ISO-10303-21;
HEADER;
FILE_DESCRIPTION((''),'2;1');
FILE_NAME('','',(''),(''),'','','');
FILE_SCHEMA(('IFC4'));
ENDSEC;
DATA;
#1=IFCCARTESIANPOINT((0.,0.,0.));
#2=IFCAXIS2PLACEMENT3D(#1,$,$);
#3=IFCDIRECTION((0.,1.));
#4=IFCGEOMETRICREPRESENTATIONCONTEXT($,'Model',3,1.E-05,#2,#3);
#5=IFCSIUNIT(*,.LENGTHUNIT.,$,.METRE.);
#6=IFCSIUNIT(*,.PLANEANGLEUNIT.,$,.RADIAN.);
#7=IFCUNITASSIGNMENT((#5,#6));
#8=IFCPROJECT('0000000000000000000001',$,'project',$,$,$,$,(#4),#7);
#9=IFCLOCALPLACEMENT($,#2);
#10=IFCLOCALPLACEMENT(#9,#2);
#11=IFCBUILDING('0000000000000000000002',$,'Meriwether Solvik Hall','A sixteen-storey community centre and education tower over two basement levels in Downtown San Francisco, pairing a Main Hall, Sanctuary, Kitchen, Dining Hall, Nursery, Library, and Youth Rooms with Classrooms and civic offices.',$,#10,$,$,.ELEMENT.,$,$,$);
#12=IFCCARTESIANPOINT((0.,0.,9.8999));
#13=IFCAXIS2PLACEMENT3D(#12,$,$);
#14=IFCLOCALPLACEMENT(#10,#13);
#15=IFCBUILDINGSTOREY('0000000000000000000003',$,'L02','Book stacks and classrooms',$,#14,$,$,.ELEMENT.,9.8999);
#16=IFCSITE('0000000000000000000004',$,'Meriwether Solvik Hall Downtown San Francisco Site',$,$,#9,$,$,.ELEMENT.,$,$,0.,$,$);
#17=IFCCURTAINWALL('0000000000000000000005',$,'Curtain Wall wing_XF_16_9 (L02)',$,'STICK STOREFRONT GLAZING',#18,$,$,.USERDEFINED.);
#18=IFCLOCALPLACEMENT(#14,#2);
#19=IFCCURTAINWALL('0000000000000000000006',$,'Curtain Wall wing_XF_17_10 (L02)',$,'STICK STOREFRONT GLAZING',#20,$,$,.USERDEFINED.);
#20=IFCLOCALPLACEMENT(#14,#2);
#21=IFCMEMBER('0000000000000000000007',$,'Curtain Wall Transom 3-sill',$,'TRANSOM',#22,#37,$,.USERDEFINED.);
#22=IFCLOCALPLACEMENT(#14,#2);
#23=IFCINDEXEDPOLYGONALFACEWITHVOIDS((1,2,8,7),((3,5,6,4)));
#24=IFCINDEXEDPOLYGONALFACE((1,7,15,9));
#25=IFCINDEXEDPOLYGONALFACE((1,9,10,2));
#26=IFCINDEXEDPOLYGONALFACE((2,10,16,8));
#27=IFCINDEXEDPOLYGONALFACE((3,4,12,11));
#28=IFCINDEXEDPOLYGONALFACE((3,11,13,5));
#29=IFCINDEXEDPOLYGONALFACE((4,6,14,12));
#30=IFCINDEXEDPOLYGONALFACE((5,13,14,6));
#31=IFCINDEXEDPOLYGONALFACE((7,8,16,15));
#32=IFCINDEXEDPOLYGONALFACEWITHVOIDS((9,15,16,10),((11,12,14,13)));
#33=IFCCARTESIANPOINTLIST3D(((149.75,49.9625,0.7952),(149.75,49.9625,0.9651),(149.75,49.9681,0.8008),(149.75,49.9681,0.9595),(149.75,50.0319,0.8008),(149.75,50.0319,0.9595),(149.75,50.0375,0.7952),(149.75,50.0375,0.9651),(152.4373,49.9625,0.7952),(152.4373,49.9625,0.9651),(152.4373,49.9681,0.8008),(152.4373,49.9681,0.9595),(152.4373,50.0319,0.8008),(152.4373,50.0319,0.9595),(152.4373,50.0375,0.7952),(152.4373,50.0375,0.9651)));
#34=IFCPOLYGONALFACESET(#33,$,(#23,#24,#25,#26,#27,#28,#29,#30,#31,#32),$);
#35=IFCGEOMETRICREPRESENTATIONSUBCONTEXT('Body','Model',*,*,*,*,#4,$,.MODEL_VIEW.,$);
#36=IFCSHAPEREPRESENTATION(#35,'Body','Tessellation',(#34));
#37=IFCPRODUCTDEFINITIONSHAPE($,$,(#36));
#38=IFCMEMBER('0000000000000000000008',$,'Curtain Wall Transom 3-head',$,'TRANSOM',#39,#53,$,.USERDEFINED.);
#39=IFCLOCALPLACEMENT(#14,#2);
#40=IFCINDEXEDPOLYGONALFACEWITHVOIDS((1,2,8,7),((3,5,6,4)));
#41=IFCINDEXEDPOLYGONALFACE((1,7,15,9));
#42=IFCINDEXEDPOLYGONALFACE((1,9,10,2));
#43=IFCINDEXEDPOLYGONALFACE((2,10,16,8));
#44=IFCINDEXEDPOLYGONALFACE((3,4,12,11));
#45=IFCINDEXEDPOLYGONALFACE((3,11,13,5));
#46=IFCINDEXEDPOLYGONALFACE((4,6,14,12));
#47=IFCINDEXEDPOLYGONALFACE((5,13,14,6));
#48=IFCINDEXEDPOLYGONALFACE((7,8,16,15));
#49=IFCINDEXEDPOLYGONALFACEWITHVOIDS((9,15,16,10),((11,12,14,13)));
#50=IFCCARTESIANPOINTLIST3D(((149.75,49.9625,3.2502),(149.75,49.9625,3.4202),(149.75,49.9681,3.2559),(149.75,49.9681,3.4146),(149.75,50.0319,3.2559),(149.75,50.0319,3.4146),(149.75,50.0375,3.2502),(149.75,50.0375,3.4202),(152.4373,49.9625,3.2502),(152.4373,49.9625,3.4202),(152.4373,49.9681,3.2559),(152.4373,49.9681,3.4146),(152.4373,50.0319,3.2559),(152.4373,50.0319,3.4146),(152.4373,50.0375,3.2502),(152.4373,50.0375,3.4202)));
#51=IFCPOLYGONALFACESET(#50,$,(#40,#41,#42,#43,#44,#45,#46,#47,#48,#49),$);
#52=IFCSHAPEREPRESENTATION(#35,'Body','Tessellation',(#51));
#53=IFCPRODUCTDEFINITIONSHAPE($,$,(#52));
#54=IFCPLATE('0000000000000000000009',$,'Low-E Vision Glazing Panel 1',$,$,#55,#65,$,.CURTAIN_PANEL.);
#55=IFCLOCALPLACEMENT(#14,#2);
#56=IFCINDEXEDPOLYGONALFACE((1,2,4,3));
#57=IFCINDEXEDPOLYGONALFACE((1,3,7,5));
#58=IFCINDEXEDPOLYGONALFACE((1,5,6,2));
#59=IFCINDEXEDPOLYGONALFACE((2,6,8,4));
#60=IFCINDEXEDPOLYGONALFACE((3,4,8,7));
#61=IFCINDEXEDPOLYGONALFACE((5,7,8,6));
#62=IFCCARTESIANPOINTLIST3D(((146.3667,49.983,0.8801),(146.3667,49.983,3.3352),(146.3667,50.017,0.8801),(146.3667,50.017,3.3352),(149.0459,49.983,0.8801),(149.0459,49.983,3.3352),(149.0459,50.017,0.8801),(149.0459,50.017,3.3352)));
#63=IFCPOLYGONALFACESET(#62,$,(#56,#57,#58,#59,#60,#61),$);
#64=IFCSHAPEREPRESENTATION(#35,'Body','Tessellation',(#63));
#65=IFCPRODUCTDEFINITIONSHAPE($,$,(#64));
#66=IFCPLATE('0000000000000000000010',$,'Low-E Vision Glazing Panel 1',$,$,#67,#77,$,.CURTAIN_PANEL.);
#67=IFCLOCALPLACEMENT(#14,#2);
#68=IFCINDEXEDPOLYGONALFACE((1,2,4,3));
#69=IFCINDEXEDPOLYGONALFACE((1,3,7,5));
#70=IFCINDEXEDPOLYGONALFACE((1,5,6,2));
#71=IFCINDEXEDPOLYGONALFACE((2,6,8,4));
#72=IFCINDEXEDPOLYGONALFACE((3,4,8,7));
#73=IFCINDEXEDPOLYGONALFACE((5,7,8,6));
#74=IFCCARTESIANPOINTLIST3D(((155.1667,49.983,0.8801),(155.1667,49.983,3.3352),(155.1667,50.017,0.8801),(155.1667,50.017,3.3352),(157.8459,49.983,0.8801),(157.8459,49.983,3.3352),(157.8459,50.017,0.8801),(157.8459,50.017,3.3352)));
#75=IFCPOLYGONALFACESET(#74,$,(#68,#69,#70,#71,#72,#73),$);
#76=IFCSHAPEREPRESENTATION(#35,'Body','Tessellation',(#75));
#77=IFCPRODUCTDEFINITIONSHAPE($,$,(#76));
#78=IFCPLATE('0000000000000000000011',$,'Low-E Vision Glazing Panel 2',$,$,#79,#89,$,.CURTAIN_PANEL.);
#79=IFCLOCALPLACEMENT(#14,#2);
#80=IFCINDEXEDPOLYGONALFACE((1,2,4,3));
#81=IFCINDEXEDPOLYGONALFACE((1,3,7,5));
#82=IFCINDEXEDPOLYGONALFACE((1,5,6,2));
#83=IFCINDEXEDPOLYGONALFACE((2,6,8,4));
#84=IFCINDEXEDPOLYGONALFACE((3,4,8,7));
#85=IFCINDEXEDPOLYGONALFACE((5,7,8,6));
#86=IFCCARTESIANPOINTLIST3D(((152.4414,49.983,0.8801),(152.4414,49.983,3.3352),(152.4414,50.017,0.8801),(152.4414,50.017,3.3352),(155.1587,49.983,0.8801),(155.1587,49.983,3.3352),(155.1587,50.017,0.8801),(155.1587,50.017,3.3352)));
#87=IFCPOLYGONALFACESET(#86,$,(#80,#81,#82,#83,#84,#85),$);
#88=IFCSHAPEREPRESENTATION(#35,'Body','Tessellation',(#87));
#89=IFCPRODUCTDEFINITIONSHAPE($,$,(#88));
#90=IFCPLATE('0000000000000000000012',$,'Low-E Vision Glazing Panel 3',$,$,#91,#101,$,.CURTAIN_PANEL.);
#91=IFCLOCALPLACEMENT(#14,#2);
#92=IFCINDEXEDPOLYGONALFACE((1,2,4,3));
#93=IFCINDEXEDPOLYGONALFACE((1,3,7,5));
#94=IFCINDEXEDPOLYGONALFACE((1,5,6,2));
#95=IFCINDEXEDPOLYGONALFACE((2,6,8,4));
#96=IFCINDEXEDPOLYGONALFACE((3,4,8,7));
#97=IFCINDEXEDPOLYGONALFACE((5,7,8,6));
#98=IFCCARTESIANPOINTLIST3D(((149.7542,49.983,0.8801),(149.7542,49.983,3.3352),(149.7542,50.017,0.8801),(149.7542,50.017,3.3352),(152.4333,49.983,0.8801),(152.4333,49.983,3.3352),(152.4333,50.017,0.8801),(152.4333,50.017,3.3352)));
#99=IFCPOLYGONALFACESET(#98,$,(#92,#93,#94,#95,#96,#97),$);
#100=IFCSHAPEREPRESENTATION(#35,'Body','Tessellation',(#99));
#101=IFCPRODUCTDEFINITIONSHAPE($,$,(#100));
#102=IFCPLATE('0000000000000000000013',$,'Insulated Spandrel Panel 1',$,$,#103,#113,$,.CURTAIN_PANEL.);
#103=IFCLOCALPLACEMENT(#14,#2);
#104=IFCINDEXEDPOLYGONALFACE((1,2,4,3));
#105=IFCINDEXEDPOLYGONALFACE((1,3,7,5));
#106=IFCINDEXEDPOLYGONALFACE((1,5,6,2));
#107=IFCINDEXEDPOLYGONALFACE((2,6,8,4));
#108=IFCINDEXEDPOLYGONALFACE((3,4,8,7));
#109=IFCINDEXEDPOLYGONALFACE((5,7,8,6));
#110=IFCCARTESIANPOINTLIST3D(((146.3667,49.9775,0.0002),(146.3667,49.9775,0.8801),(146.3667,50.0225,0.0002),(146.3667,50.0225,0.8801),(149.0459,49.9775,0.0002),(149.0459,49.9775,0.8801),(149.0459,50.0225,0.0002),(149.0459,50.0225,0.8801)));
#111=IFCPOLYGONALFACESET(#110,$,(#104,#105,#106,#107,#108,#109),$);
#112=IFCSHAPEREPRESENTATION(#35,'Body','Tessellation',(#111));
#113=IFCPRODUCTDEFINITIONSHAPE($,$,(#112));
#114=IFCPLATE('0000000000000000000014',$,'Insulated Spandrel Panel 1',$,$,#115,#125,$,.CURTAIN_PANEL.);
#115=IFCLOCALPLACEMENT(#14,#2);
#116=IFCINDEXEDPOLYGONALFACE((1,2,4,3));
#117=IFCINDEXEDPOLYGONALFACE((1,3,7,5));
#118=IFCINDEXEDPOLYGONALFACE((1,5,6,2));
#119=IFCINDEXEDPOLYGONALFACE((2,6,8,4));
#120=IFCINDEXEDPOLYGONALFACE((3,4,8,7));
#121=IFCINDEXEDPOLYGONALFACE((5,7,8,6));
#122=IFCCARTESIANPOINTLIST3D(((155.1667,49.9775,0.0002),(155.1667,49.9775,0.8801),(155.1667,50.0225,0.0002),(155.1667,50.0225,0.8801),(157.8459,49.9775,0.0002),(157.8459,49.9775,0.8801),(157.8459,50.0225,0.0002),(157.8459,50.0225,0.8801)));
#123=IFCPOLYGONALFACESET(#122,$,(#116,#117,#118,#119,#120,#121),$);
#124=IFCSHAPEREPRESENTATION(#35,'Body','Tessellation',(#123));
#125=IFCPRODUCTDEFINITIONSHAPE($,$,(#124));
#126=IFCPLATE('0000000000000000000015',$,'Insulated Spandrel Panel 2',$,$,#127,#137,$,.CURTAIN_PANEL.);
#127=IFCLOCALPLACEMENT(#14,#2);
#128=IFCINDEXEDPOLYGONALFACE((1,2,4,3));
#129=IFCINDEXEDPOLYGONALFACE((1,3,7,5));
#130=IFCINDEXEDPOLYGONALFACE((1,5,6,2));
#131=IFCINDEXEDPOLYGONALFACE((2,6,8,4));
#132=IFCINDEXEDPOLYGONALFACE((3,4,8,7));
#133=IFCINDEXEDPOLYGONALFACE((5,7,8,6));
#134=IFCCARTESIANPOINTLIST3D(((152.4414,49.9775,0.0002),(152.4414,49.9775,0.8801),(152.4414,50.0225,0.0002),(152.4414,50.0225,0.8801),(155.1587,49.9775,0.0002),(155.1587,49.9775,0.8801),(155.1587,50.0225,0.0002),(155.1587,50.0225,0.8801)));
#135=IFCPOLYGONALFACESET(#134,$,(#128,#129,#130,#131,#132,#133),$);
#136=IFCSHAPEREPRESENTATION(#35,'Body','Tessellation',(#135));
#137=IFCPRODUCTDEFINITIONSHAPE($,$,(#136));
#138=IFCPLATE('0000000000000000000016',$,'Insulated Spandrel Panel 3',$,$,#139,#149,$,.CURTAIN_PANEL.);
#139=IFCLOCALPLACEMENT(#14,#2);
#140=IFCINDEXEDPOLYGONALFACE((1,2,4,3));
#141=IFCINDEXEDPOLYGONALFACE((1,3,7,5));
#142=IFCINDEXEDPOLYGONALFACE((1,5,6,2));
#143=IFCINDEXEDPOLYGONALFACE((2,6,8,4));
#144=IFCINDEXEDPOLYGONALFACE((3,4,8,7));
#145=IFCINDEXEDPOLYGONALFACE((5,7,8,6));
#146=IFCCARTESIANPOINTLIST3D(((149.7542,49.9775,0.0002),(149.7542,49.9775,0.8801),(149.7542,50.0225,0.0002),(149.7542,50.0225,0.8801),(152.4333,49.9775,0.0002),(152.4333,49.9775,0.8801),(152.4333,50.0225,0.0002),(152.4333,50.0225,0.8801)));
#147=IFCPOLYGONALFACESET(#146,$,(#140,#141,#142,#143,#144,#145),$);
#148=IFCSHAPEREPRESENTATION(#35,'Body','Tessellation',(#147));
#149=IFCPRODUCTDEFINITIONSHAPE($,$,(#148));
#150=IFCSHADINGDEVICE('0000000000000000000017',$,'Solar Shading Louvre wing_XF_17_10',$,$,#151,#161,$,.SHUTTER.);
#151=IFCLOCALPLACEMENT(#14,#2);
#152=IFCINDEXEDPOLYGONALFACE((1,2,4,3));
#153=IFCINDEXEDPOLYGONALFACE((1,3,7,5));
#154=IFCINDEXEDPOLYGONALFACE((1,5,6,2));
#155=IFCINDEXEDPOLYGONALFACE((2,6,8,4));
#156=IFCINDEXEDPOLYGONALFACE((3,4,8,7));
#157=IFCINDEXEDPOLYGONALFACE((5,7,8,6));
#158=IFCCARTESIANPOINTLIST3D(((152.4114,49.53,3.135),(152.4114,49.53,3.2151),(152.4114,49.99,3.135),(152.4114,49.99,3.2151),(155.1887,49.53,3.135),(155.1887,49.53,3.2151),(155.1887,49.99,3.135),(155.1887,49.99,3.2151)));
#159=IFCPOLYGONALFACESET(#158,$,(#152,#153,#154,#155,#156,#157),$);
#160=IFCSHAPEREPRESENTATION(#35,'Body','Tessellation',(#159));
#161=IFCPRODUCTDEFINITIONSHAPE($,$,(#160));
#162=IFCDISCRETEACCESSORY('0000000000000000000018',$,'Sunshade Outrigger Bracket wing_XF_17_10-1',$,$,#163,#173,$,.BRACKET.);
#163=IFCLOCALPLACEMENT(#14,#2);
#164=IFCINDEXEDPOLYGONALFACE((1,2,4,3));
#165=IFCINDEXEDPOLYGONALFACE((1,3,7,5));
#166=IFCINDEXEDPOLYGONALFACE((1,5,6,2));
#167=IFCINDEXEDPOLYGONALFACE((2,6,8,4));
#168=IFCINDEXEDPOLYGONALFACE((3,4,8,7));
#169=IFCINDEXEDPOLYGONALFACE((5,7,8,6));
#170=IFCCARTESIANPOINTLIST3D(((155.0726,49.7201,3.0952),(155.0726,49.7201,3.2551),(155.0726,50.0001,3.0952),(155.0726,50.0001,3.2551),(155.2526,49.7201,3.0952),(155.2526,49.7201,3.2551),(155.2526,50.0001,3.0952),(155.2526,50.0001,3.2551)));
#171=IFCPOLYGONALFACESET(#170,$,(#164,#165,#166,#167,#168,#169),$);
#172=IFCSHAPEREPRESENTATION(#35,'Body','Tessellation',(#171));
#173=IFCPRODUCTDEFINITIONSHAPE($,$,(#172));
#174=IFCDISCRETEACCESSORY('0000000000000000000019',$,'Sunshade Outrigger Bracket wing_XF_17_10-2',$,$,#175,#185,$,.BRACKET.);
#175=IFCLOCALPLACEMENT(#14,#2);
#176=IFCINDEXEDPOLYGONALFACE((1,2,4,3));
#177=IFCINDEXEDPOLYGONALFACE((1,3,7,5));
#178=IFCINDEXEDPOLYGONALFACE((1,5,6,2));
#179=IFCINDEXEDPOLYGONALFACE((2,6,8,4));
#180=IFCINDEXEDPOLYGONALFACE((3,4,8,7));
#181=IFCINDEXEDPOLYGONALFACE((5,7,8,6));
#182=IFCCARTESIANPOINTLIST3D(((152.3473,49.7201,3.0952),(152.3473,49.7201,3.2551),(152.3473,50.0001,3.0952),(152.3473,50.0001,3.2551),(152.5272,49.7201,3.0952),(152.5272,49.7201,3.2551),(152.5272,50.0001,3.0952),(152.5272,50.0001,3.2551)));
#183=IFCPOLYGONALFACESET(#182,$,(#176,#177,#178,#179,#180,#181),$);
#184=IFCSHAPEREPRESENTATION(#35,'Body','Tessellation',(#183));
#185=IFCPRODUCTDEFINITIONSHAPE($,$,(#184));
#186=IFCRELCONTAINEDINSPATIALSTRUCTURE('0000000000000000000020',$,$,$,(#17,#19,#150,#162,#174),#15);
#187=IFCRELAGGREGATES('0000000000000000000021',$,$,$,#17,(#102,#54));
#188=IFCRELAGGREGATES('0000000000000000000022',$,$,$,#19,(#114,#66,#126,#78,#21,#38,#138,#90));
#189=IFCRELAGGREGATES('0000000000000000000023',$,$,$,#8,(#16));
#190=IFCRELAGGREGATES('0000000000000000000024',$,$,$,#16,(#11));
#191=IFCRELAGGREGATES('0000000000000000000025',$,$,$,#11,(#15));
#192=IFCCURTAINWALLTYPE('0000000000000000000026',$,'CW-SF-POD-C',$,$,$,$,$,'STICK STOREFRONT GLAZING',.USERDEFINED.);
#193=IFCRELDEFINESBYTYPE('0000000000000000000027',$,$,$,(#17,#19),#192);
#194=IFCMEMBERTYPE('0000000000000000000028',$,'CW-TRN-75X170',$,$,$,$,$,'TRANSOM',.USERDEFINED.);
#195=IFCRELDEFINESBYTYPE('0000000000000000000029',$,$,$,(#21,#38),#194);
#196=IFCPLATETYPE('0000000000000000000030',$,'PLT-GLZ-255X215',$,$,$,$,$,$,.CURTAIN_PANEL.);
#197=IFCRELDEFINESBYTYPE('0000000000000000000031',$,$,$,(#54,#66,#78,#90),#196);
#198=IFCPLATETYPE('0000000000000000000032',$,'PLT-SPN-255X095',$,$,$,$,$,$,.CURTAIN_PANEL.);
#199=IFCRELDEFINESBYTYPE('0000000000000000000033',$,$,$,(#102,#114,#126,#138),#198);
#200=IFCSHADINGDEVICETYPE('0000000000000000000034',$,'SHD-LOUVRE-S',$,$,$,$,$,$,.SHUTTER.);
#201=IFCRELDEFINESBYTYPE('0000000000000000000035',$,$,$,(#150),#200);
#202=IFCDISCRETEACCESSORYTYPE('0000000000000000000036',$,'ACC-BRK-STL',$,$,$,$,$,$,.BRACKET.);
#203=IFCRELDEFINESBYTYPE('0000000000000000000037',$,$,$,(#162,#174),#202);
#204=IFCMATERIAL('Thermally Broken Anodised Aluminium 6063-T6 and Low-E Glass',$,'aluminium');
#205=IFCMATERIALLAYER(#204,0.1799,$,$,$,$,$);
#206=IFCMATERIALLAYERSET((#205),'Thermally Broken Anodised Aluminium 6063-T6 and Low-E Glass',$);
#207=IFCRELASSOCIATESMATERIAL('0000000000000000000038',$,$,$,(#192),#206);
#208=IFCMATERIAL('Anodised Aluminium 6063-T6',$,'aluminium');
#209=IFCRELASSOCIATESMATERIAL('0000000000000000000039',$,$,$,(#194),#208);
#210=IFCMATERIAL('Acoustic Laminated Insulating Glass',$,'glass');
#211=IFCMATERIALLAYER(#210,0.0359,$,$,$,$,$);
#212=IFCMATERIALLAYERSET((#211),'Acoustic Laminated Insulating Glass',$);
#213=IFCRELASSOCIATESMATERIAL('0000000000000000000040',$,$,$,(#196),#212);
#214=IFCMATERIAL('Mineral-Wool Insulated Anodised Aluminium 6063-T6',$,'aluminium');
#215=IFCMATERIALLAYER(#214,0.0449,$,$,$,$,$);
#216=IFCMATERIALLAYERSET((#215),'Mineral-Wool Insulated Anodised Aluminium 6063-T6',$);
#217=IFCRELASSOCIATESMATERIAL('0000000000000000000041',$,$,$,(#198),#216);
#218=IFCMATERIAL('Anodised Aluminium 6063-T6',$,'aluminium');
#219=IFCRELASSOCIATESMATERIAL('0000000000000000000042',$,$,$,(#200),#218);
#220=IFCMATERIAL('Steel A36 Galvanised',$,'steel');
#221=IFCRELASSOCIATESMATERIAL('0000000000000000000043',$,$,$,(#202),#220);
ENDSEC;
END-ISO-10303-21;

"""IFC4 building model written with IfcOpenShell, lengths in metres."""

from ifc_helpers import new_model, si_unit, direction, frame, origin, origin_2d, place, context, subcontext, project, spatial, rectangle, hollow_rectangle, extrude, material, layer, layer_set, material_profile, profile_set, type_object, element, aggregate, save


model = new_model("IFC4")

# Units and contexts
model_context = context("Model", 3, precision=1e-05, world=origin(), true_north=direction((0.0, 1.0)))
body_context = subcontext(model_context, "Body", "Model", "MODEL_VIEW")
ifc_project = project(units=[si_unit("LENGTHUNIT", "METRE"), si_unit("PLANEANGLEUNIT", "RADIAN")], contexts=[model_context])

# Site, building, storey
site_placement = place(None, origin())
site = spatial("IfcSite", under=ifc_project, at=site_placement, Name="Meriwether Solvik Hall Downtown San Francisco Site", CompositionType="ELEMENT", RefElevation=0.0)
building_placement = place(site_placement, origin())
building = spatial("IfcBuilding", under=site, at=building_placement, Name="Meriwether Solvik Hall", Description="A sixteen-storey community centre and education tower over two basement levels in Downtown San Francisco, pairing a Main Hall, Sanctuary, Kitchen, Dining Hall, Nursery, Library, and Youth Rooms with Classrooms and civic offices.", CompositionType="ELEMENT")
storey_placement = place(building_placement, frame((0.0, 0.0, 9.8999)))
storey = spatial("IfcBuildingStorey", under=building, at=storey_placement, Name="L02", Description="Book stacks and classrooms", CompositionType="ELEMENT", Elevation=9.8999)

# Curtain wall
ifc_material_1 = material(Name="Thermally Broken Anodised Aluminium 6063-T6 and Low-E Glass", Category="aluminium")
ifc_layer_1 = layer(ifc_material_1, 0.1799)
ifc_layer_set_1 = layer_set([ifc_layer_1], Name="Thermally Broken Anodised Aluminium 6063-T6 and Low-E Glass")
curtain_wall_type = type_object("IfcCurtainWallType", Name="CW-SF-POD-C", ElementType="STICK STOREFRONT GLAZING", PredefinedType="USERDEFINED", material=ifc_layer_set_1)
curtain_wall_1_placement = place(storey_placement, origin())
curtain_wall_1 = element("IfcCurtainWall", 1, at=curtain_wall_1_placement, inside=storey, type_object=curtain_wall_type, Name="Curtain Wall wing_XF_16_9 (L02)", ObjectType="STICK STOREFRONT GLAZING", PredefinedType="USERDEFINED")

# Curtain wall
curtain_wall_2_placement = place(storey_placement, origin())
curtain_wall_2 = element("IfcCurtainWall", 2, at=curtain_wall_2_placement, inside=storey, type_object=curtain_wall_type, Name="Curtain Wall wing_XF_17_10 (L02)", ObjectType="STICK STOREFRONT GLAZING", PredefinedType="USERDEFINED")

# Members
ifc_material_2 = material(Name="Anodised Aluminium 6063-T6", Category="aluminium")
ifc_material_profile_1 = material_profile(ifc_material_2, hollow_rectangle(XDim=0.075, YDim=0.1699, WallThickness=0.0056, at=origin_2d()), Name="CWT-75X170")
ifc_profile_set_1 = profile_set([ifc_material_profile_1], Name="Anodised Aluminium 6063-T6")
member_type_1 = type_object("IfcMemberType", Name="CW-TRN-75X170", ElementType="TRANSOM", PredefinedType="USERDEFINED", material=ifc_profile_set_1)
member_1_placement = place(storey_placement, frame((152.4373, 50.0, 0.8801), z_axis=(-1.0, 0.0, 0.0), x_axis=(0.0, -1.0, 0.0)))
member_1 = element("IfcMember", 3, at=member_1_placement, type_object=member_type_1, Name="Curtain Wall Transom 3-sill", ObjectType="TRANSOM", PredefinedType="USERDEFINED", context=body_context, shape_type="SweptSolid", body=[
    extrude(hollow_rectangle(XDim=0.075, YDim=0.1699, WallThickness=0.0056, at=origin_2d()), origin(), (0.0, 0.0, 1.0), 2.6873),
])
member_2_placement = place(storey_placement, frame((152.4373, 50.0, 3.3352), z_axis=(-1.0, 0.0, 0.0), x_axis=(0.0, -1.0, 0.0)))
member_2 = element("IfcMember", 4, at=member_2_placement, type_object=member_type_1, Name="Curtain Wall Transom 3-head", ObjectType="TRANSOM", PredefinedType="USERDEFINED", context=body_context, shape_type="SweptSolid", body=[
    extrude(hollow_rectangle(XDim=0.075, YDim=0.1699, WallThickness=0.0056, at=origin_2d()), origin(), (0.0, 0.0, 1.0), 2.6873),
])

# Plates
ifc_material_3 = material(Name="Acoustic Laminated Insulating Glass", Category="glass")
ifc_layer_2 = layer(ifc_material_3, 0.0359)
ifc_layer_set_2 = layer_set([ifc_layer_2], Name="Acoustic Laminated Insulating Glass")
plate_type_1 = type_object("IfcPlateType", Name="PLT-GLZ-255X215", PredefinedType="CURTAIN_PANEL", material=ifc_layer_set_2)
plate_1_placement = place(storey_placement, frame((147.7063, 50.0, 0.8801), z_axis=(0.0, 0.0, 1.0), x_axis=(-1.0, 0.0, 0.0)))
plate_1 = element("IfcPlate", 5, at=plate_1_placement, type_object=plate_type_1, Name="Low-E Vision Glazing Panel 1", PredefinedType="CURTAIN_PANEL", context=body_context, shape_type="SweptSolid", body=[
    extrude(rectangle(XDim=2.6792, YDim=0.0339, at=origin_2d()), origin(), (0.0, 0.0, 1.0), 2.4551),
])
plate_2_placement = place(storey_placement, frame((156.5063, 50.0, 0.8801), z_axis=(0.0, 0.0, 1.0), x_axis=(-1.0, 0.0, 0.0)))
plate_2 = element("IfcPlate", 6, at=plate_2_placement, type_object=plate_type_1, Name="Low-E Vision Glazing Panel 1", PredefinedType="CURTAIN_PANEL", context=body_context, shape_type="SweptSolid", body=[
    extrude(rectangle(XDim=2.6792, YDim=0.0339, at=origin_2d()), origin(), (0.0, 0.0, 1.0), 2.4551),
])
plate_3_placement = place(storey_placement, frame((153.8, 50.0, 0.8801), z_axis=(0.0, 0.0, 1.0), x_axis=(-1.0, 0.0, 0.0)))
plate_3 = element("IfcPlate", 7, at=plate_3_placement, type_object=plate_type_1, Name="Low-E Vision Glazing Panel 2", PredefinedType="CURTAIN_PANEL", context=body_context, shape_type="SweptSolid", body=[
    extrude(rectangle(XDim=2.7173, YDim=0.0339, at=origin_2d()), origin(), (0.0, 0.0, 1.0), 2.4551),
])
plate_4_placement = place(storey_placement, frame((151.0938, 50.0, 0.8801), z_axis=(0.0, 0.0, 1.0), x_axis=(-1.0, 0.0, 0.0)))
plate_4 = element("IfcPlate", 8, at=plate_4_placement, type_object=plate_type_1, Name="Low-E Vision Glazing Panel 3", PredefinedType="CURTAIN_PANEL", context=body_context, shape_type="SweptSolid", body=[
    extrude(rectangle(XDim=2.6792, YDim=0.0339, at=origin_2d()), origin(), (0.0, 0.0, 1.0), 2.4551),
])
ifc_material_4 = material(Name="Mineral-Wool Insulated Anodised Aluminium 6063-T6", Category="aluminium")
ifc_layer_3 = layer(ifc_material_4, 0.0449)
ifc_layer_set_3 = layer_set([ifc_layer_3], Name="Mineral-Wool Insulated Anodised Aluminium 6063-T6")
plate_type_2 = type_object("IfcPlateType", Name="PLT-SPN-255X095", PredefinedType="CURTAIN_PANEL", material=ifc_layer_set_3)
plate_5_placement = place(storey_placement, frame((147.7063, 50.0, 0.0002), z_axis=(0.0, 0.0, 1.0), x_axis=(-1.0, 0.0, 0.0)))
plate_5 = element("IfcPlate", 9, at=plate_5_placement, type_object=plate_type_2, Name="Insulated Spandrel Panel 1", PredefinedType="CURTAIN_PANEL", context=body_context, shape_type="SweptSolid", body=[
    extrude(rectangle(XDim=2.6792, YDim=0.0449, at=origin_2d()), origin(), (0.0, 0.0, 1.0), 0.8799),
])
aggregate(curtain_wall_1, [plate_5, plate_1])
plate_6_placement = place(storey_placement, frame((156.5063, 50.0, 0.0002), z_axis=(0.0, 0.0, 1.0), x_axis=(-1.0, 0.0, 0.0)))
plate_6 = element("IfcPlate", 10, at=plate_6_placement, type_object=plate_type_2, Name="Insulated Spandrel Panel 1", PredefinedType="CURTAIN_PANEL", context=body_context, shape_type="SweptSolid", body=[
    extrude(rectangle(XDim=2.6792, YDim=0.0449, at=origin_2d()), origin(), (0.0, 0.0, 1.0), 0.8799),
])
plate_7_placement = place(storey_placement, frame((153.8, 50.0, 0.0002), z_axis=(0.0, 0.0, 1.0), x_axis=(-1.0, 0.0, 0.0)))
plate_7 = element("IfcPlate", 11, at=plate_7_placement, type_object=plate_type_2, Name="Insulated Spandrel Panel 2", PredefinedType="CURTAIN_PANEL", context=body_context, shape_type="SweptSolid", body=[
    extrude(rectangle(XDim=2.7173, YDim=0.0449, at=origin_2d()), origin(), (0.0, 0.0, 1.0), 0.8799),
])
plate_8_placement = place(storey_placement, frame((151.0938, 50.0, 0.0002), z_axis=(0.0, 0.0, 1.0), x_axis=(-1.0, 0.0, 0.0)))
plate_8 = element("IfcPlate", 12, at=plate_8_placement, type_object=plate_type_2, Name="Insulated Spandrel Panel 3", PredefinedType="CURTAIN_PANEL", context=body_context, shape_type="SweptSolid", body=[
    extrude(rectangle(XDim=2.6792, YDim=0.0449, at=origin_2d()), origin(), (0.0, 0.0, 1.0), 0.8799),
])
aggregate(curtain_wall_2, [plate_6, plate_2, plate_7, plate_3, member_1, member_2, plate_8, plate_4])

# Shading device
ifc_material_5 = material(Name="Anodised Aluminium 6063-T6", Category="aluminium")
shading_device_type = type_object("IfcShadingDeviceType", Name="SHD-LOUVRE-S", PredefinedType="SHUTTER", material=ifc_material_5)
shading_device_placement = place(storey_placement, frame((153.8, 49.76, 3.135), z_axis=(0.0, 0.0, 1.0), x_axis=(-1.0, 0.0, 0.0)))
element("IfcShadingDevice", 13, at=shading_device_placement, inside=storey, type_object=shading_device_type, Name="Solar Shading Louvre wing_XF_17_10", PredefinedType="SHUTTER", context=body_context, shape_type="SweptSolid", body=[
    extrude(rectangle(XDim=2.7773, YDim=0.46, at=origin_2d()), origin(), (0.0, 0.0, 1.0), 0.0801),
])

# Discrete accessories
ifc_material_6 = material(Name="Steel A36 Galvanised", Category="steel")
discrete_accessory_type = type_object("IfcDiscreteAccessoryType", Name="ACC-BRK-STL", PredefinedType="BRACKET", material=ifc_material_6)
for number, where, z_axis, x_axis, name in (
    (14, (155.1626, 49.8601, 3.0952), (0.0, 0.0, 1.0), (-1.0, 0.0, 0.0), "Sunshade Outrigger Bracket wing_XF_17_10-1"),
    (15, (152.4373, 49.8601, 3.0952), (0.0, 0.0, 1.0), (-1.0, 0.0, 0.0), "Sunshade Outrigger Bracket wing_XF_17_10-2"),
):
    element("IfcDiscreteAccessory", number, at=place(storey_placement, frame(where, z_axis=z_axis, x_axis=x_axis)), inside=storey, type_object=discrete_accessory_type, Name=name, PredefinedType="BRACKET", context=body_context, shape_type="SweptSolid", body=[
        extrude(rectangle(XDim=0.1799, YDim=0.28, at=origin_2d()), origin(), (0.0, 0.0, 1.0), 0.1599),
    ])

save(model, "model.ifc")
